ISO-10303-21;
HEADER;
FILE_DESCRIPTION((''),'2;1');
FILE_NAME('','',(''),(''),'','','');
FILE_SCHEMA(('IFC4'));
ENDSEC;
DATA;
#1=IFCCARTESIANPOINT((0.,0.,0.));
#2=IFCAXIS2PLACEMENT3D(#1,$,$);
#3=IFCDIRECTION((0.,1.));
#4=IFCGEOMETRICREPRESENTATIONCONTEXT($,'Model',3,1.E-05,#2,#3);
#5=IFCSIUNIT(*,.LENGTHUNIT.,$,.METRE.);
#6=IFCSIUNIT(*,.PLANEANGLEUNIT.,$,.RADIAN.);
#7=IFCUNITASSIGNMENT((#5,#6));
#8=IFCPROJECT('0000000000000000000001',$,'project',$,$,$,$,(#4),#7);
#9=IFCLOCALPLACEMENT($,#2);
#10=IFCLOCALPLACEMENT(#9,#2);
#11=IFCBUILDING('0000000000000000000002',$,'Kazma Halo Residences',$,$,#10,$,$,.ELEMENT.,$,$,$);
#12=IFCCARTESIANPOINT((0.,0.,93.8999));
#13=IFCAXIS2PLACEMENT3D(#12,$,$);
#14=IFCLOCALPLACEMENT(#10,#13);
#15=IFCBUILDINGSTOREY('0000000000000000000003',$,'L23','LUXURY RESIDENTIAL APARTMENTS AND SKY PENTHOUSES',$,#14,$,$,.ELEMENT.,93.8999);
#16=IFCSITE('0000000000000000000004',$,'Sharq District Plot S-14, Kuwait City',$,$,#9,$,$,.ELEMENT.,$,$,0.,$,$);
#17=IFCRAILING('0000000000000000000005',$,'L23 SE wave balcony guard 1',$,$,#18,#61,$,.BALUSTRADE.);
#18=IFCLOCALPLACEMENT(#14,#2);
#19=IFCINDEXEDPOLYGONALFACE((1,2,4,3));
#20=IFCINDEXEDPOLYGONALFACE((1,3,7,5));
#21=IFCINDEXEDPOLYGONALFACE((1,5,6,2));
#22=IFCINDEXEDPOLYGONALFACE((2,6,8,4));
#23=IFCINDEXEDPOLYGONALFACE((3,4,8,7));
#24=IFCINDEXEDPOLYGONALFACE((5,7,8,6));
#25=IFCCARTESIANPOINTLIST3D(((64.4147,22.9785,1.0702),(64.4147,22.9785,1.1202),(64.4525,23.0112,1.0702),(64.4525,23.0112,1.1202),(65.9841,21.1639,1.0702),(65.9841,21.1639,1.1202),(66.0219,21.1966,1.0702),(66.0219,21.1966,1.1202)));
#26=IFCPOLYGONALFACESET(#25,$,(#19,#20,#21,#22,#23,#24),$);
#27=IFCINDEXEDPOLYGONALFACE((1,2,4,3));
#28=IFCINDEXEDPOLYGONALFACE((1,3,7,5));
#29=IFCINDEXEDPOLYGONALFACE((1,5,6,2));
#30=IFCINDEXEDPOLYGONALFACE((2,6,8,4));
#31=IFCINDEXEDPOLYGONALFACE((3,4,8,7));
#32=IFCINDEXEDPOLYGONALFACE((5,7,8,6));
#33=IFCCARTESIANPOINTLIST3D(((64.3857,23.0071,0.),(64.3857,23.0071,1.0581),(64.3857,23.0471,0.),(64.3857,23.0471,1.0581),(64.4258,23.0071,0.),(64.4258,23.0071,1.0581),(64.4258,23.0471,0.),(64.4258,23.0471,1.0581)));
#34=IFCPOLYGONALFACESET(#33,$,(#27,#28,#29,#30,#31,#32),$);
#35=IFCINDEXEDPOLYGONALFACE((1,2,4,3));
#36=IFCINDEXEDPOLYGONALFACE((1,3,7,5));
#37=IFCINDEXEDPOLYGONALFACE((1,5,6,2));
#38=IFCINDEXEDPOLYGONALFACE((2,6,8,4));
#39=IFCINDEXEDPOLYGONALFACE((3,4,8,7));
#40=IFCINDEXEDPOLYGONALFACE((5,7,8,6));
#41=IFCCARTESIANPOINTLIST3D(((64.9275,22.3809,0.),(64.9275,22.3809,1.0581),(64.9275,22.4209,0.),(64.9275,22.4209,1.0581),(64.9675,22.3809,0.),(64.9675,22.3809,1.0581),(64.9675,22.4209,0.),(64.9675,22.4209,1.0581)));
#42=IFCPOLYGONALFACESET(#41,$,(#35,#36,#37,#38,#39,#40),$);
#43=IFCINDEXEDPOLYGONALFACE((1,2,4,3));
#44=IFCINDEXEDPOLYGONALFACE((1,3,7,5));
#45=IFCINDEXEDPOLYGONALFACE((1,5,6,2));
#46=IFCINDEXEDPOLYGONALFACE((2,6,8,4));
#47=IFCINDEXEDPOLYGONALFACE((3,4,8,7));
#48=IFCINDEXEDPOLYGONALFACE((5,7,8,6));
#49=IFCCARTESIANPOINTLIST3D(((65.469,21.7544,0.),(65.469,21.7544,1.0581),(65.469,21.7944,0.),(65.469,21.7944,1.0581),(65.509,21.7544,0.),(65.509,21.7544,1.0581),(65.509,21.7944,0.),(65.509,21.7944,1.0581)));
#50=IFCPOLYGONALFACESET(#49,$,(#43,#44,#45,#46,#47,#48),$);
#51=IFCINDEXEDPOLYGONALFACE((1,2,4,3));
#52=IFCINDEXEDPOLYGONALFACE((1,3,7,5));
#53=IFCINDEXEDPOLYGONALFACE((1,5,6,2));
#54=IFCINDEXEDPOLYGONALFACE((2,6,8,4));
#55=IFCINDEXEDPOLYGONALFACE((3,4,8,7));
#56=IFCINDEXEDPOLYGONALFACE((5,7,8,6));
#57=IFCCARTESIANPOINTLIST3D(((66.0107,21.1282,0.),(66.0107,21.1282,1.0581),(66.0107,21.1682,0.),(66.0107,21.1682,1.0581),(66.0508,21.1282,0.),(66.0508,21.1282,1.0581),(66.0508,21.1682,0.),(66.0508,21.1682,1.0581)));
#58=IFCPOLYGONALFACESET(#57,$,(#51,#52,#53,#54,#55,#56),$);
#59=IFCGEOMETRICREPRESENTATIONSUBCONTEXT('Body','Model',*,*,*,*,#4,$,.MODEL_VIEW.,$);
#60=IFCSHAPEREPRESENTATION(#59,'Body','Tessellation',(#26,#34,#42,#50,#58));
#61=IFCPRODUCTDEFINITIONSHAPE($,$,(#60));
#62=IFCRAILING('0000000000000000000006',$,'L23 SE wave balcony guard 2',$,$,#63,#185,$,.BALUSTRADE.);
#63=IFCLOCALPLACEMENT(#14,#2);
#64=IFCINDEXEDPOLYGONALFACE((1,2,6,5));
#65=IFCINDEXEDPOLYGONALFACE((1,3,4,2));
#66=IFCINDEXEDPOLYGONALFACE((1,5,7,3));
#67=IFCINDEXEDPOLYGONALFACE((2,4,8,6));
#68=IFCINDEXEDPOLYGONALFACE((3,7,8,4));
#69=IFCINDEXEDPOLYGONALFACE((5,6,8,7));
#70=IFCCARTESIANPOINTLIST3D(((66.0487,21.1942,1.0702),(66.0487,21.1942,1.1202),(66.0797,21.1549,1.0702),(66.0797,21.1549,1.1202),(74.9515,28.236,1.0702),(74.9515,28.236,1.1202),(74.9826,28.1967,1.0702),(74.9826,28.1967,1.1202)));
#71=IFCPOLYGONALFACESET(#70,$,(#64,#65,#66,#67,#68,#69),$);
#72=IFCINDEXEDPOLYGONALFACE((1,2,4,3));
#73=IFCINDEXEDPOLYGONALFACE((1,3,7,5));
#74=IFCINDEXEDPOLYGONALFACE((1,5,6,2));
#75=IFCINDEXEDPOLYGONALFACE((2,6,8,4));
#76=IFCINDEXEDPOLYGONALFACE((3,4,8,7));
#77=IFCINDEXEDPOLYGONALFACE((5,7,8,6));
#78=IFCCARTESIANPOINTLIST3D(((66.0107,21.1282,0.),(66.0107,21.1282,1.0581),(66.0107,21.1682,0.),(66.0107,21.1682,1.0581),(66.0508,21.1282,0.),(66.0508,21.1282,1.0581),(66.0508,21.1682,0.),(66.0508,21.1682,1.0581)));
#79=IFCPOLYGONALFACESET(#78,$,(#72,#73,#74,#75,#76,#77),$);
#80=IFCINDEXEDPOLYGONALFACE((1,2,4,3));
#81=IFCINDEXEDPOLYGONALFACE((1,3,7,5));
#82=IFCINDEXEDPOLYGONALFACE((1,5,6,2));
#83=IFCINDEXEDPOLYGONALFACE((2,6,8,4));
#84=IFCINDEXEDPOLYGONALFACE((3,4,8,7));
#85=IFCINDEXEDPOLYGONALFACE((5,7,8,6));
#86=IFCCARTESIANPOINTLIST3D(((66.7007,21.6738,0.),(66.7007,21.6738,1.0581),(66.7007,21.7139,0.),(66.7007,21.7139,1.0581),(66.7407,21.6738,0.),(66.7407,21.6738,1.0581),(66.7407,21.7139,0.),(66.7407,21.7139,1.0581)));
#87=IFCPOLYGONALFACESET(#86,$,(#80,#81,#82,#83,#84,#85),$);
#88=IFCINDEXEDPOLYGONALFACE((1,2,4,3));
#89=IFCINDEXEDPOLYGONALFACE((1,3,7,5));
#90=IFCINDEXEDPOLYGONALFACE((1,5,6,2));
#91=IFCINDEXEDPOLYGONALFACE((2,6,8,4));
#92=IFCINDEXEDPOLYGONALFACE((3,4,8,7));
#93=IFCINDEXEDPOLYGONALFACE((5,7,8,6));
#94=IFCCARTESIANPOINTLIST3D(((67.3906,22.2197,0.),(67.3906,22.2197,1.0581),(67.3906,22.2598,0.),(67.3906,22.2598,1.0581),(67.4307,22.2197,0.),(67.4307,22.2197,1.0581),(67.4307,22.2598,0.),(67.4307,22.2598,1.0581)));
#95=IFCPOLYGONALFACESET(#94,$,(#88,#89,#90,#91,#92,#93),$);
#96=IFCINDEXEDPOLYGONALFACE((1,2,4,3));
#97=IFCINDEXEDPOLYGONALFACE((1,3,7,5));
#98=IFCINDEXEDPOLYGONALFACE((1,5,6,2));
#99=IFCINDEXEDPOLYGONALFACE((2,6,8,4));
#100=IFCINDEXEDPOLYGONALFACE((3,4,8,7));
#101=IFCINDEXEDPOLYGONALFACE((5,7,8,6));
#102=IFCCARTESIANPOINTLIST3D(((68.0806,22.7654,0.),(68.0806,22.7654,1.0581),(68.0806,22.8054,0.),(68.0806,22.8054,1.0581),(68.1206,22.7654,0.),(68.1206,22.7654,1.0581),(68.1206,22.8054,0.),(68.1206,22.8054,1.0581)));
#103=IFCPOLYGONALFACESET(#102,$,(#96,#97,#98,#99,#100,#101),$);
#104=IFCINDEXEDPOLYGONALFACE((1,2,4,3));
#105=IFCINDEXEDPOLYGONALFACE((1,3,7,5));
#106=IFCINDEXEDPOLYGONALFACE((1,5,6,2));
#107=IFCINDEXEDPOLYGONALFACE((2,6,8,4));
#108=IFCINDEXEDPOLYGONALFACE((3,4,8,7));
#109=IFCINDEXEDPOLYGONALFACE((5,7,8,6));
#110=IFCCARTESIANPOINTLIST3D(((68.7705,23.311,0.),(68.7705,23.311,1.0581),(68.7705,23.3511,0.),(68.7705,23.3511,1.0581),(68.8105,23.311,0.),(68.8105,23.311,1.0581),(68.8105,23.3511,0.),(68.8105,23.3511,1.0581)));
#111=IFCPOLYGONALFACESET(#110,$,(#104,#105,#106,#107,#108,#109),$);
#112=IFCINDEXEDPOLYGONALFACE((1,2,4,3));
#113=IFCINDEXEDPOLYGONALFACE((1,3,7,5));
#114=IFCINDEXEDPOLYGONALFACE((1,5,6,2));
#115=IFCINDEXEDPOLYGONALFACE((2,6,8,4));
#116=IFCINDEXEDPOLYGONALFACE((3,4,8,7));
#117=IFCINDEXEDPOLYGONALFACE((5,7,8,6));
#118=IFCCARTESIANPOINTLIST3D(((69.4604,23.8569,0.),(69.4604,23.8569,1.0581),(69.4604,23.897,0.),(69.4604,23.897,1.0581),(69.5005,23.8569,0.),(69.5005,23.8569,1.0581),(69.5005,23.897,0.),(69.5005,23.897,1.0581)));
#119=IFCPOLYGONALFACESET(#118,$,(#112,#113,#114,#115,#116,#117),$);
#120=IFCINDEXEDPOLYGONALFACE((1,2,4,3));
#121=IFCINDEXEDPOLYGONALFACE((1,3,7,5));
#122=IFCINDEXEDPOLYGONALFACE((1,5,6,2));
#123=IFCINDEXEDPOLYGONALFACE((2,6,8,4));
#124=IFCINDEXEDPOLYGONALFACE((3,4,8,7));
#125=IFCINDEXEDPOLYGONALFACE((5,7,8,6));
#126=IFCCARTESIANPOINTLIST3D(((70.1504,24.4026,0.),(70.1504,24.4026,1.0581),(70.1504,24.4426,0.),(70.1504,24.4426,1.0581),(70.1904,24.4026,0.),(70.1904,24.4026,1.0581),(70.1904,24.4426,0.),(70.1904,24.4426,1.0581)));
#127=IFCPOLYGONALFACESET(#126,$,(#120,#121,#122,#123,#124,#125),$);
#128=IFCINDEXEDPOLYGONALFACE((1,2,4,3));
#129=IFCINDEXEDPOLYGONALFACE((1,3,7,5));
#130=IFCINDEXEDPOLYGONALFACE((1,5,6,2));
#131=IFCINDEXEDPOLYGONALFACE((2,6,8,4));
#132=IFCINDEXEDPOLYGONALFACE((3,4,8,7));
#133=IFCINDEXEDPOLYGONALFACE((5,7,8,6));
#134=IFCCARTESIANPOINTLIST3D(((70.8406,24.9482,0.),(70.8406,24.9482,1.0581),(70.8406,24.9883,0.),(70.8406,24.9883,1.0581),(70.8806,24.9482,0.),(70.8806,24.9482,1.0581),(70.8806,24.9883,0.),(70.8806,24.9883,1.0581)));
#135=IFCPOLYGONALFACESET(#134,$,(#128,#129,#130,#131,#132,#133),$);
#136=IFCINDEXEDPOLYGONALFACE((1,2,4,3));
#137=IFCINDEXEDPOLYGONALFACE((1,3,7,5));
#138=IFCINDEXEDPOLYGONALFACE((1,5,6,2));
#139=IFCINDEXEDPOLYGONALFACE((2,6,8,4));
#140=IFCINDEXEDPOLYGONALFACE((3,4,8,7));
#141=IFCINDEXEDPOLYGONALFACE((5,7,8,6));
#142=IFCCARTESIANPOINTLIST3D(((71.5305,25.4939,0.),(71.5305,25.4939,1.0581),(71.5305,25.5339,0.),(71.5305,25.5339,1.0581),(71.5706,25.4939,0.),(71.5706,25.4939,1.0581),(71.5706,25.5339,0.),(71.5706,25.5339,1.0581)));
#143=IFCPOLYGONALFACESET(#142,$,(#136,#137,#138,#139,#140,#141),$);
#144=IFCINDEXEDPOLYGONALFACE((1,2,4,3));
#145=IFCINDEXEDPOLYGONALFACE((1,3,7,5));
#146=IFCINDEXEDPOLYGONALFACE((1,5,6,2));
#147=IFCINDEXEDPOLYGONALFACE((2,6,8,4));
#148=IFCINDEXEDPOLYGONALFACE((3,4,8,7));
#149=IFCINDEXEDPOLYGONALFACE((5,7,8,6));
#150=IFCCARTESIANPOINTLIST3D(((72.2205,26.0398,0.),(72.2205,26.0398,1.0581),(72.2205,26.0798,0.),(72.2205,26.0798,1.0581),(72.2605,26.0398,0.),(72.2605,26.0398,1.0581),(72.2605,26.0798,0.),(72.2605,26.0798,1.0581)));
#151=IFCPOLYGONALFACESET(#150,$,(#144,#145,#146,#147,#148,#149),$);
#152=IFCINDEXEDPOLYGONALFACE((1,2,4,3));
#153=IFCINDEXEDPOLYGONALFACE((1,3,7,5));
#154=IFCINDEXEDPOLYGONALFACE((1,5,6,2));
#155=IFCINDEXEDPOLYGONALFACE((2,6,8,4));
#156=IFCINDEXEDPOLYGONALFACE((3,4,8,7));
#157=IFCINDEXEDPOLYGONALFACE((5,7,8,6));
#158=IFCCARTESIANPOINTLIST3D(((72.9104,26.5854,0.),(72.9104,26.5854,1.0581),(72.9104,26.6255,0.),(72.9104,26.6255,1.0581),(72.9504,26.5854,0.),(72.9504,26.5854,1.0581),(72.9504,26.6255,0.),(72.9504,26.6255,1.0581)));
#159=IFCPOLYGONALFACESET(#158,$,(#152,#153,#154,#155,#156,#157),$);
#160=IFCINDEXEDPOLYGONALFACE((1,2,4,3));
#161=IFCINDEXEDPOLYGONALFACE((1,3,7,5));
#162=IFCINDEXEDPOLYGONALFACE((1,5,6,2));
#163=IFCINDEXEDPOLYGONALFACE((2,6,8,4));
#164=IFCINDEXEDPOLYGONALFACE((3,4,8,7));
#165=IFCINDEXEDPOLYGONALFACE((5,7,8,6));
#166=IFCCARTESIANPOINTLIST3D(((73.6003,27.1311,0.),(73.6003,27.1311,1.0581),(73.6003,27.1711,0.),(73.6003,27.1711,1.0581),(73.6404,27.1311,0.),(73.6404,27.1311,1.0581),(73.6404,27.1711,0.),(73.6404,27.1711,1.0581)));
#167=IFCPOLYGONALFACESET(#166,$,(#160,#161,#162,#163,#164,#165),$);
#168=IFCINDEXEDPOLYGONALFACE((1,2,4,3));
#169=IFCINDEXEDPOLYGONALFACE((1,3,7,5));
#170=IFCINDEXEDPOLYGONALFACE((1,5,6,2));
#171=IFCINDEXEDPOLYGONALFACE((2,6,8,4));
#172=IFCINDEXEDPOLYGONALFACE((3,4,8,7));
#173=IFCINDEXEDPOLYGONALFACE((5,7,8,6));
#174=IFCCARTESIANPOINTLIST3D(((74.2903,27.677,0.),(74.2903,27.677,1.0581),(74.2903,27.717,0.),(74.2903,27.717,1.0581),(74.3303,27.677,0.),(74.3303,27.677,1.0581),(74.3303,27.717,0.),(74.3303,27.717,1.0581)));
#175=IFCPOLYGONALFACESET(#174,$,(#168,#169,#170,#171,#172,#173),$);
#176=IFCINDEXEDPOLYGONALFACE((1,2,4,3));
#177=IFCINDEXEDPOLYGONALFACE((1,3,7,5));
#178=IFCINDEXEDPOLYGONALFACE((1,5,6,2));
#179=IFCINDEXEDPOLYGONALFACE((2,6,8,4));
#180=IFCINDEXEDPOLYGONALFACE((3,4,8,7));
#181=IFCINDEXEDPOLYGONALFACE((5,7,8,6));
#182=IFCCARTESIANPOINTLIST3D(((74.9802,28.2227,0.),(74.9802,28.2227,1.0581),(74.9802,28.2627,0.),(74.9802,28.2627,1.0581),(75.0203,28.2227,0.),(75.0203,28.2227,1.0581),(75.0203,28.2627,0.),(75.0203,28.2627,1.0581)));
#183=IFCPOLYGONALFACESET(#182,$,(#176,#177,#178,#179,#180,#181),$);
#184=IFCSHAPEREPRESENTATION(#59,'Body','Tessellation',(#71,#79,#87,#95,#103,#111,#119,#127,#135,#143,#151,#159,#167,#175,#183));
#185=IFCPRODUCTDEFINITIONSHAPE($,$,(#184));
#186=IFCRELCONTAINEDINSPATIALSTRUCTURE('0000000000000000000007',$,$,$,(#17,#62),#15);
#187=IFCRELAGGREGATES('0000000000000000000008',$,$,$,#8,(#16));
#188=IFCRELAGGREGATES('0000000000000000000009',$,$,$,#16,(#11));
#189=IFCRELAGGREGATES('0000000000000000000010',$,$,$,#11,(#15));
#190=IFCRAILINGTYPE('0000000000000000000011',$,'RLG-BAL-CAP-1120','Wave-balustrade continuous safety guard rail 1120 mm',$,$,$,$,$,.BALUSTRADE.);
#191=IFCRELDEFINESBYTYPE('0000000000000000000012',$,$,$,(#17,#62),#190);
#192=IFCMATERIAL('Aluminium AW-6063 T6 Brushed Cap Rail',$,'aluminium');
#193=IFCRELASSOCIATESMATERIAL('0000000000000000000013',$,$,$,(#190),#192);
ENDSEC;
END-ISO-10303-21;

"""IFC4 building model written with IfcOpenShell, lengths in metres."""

from ifc_helpers import new_model, si_unit, direction, frame, origin, origin_2d, place, context, subcontext, project, spatial, rectangle, extrude, material, type_object, element, save


model = new_model("IFC4")

# Units and contexts
model_context = context("Model", 3, precision=1e-05, world=origin(), true_north=direction((0.0, 1.0)))
body_context = subcontext(model_context, "Body", "Model", "MODEL_VIEW")
ifc_project = project(units=[si_unit("LENGTHUNIT", "METRE"), si_unit("PLANEANGLEUNIT", "RADIAN")], contexts=[model_context])

# Site, building, storey
site_placement = place(None, origin())
site = spatial("IfcSite", under=ifc_project, at=site_placement, Name="Sharq District Plot S-14, Kuwait City", CompositionType="ELEMENT", RefElevation=0.0)
building_placement = place(site_placement, origin())
building = spatial("IfcBuilding", under=site, at=building_placement, Name="Kazma Halo Residences", CompositionType="ELEMENT")
storey_placement = place(building_placement, frame((0.0, 0.0, 93.8999)))
storey = spatial("IfcBuildingStorey", under=building, at=storey_placement, Name="L23", Description="LUXURY RESIDENTIAL APARTMENTS AND SKY PENTHOUSES", CompositionType="ELEMENT", Elevation=93.8999)

# Railings
ifc_material_1 = material(Name="Aluminium AW-6063 T6 Brushed Cap Rail", Category="aluminium")
railing_type = type_object("IfcRailingType", Name="RLG-BAL-CAP-1120", Description="Wave-balustrade continuous safety guard rail 1120 mm", PredefinedType="BALUSTRADE", material=ifc_material_1)
railing_1_placement = place(storey_placement, frame((64.4058, 23.0271, 0.0)))
element("IfcRailing", 1, at=railing_1_placement, inside=storey, type_object=railing_type, Name="L23 SE wave balcony guard 1", PredefinedType="BALUSTRADE", context=body_context, shape_type="SweptSolid", body=[
    extrude(rectangle(XDim=0.05, YDim=0.05, at=origin_2d()), frame((0.0278, -0.0322, 1.0952), z_axis=(0.654152, -0.756363, 0.0), x_axis=(0.756363, 0.654152, 0.0)), (0.0, 0.0, 1.0), 2.3992),
    extrude(rectangle(XDim=0.04, YDim=0.04, at=origin_2d()), origin(), (0.0, 0.0, 1.0), 1.0581),
    extrude(rectangle(XDim=0.04, YDim=0.04, at=origin_2d()), frame((0.5417, -0.6262, 0.0)), (0.0, 0.0, 1.0), 1.0581),
    extrude(rectangle(XDim=0.04, YDim=0.04, at=origin_2d()), frame((1.0833, -1.2527, 0.0)), (0.0, 0.0, 1.0), 1.0581),
    extrude(rectangle(XDim=0.04, YDim=0.04, at=origin_2d()), frame((1.625, -1.8789, 0.0)), (0.0, 0.0, 1.0), 1.0581),
])
railing_2_placement = place(storey_placement, frame((66.0308, 21.1482, 0.0)))
element("IfcRailing", 2, at=railing_2_placement, inside=storey, type_object=railing_type, Name="L23 SE wave balcony guard 2", PredefinedType="BALUSTRADE", context=body_context, shape_type="SweptSolid", body=[
    extrude(rectangle(XDim=0.05, YDim=0.05, at=origin_2d()), frame((0.0334, 0.0264, 1.0952), z_axis=(0.784316, 0.620361, 0.0), x_axis=(-0.620361, 0.784316, 0.0)), (0.0, 0.0, 1.0), 11.3511),
    extrude(rectangle(XDim=0.04, YDim=0.04, at=origin_2d()), origin(), (0.0, 0.0, 1.0), 1.0581),
    extrude(rectangle(XDim=0.04, YDim=0.04, at=origin_2d()), frame((0.6899, 0.5457, 0.0)), (0.0, 0.0, 1.0), 1.0581),
    extrude(rectangle(XDim=0.04, YDim=0.04, at=origin_2d()), frame((1.3799, 1.0916, 0.0)), (0.0, 0.0, 1.0), 1.0581),
    extrude(rectangle(XDim=0.04, YDim=0.04, at=origin_2d()), frame((2.0698, 1.6372, 0.0)), (0.0, 0.0, 1.0), 1.0581),
    extrude(rectangle(XDim=0.04, YDim=0.04, at=origin_2d()), frame((2.7598, 2.1829, 0.0)), (0.0, 0.0, 1.0), 1.0581),
    extrude(rectangle(XDim=0.04, YDim=0.04, at=origin_2d()), frame((3.4497, 2.7288, 0.0)), (0.0, 0.0, 1.0), 1.0581),
    extrude(rectangle(XDim=0.04, YDim=0.04, at=origin_2d()), frame((4.1396, 3.2744, 0.0)), (0.0, 0.0, 1.0), 1.0581),
    extrude(rectangle(XDim=0.04, YDim=0.04, at=origin_2d()), frame((4.8298, 3.8201, 0.0)), (0.0, 0.0, 1.0), 1.0581),
    extrude(rectangle(XDim=0.04, YDim=0.04, at=origin_2d()), frame((5.5198, 4.3657, 0.0)), (0.0, 0.0, 1.0), 1.0581),
    extrude(rectangle(XDim=0.04, YDim=0.04, at=origin_2d()), frame((6.2097, 4.9116, 0.0)), (0.0, 0.0, 1.0), 1.0581),
    extrude(rectangle(XDim=0.04, YDim=0.04, at=origin_2d()), frame((6.8997, 5.4573, 0.0)), (0.0, 0.0, 1.0), 1.0581),
    extrude(rectangle(XDim=0.04, YDim=0.04, at=origin_2d()), frame((7.5896, 6.0029, 0.0)), (0.0, 0.0, 1.0), 1.0581),
    extrude(rectangle(XDim=0.04, YDim=0.04, at=origin_2d()), frame((8.2795, 6.5488, 0.0)), (0.0, 0.0, 1.0), 1.0581),
    extrude(rectangle(XDim=0.04, YDim=0.04, at=origin_2d()), frame((8.9695, 7.0945, 0.0)), (0.0, 0.0, 1.0), 1.0581),
])

save(model, "model.ifc")
